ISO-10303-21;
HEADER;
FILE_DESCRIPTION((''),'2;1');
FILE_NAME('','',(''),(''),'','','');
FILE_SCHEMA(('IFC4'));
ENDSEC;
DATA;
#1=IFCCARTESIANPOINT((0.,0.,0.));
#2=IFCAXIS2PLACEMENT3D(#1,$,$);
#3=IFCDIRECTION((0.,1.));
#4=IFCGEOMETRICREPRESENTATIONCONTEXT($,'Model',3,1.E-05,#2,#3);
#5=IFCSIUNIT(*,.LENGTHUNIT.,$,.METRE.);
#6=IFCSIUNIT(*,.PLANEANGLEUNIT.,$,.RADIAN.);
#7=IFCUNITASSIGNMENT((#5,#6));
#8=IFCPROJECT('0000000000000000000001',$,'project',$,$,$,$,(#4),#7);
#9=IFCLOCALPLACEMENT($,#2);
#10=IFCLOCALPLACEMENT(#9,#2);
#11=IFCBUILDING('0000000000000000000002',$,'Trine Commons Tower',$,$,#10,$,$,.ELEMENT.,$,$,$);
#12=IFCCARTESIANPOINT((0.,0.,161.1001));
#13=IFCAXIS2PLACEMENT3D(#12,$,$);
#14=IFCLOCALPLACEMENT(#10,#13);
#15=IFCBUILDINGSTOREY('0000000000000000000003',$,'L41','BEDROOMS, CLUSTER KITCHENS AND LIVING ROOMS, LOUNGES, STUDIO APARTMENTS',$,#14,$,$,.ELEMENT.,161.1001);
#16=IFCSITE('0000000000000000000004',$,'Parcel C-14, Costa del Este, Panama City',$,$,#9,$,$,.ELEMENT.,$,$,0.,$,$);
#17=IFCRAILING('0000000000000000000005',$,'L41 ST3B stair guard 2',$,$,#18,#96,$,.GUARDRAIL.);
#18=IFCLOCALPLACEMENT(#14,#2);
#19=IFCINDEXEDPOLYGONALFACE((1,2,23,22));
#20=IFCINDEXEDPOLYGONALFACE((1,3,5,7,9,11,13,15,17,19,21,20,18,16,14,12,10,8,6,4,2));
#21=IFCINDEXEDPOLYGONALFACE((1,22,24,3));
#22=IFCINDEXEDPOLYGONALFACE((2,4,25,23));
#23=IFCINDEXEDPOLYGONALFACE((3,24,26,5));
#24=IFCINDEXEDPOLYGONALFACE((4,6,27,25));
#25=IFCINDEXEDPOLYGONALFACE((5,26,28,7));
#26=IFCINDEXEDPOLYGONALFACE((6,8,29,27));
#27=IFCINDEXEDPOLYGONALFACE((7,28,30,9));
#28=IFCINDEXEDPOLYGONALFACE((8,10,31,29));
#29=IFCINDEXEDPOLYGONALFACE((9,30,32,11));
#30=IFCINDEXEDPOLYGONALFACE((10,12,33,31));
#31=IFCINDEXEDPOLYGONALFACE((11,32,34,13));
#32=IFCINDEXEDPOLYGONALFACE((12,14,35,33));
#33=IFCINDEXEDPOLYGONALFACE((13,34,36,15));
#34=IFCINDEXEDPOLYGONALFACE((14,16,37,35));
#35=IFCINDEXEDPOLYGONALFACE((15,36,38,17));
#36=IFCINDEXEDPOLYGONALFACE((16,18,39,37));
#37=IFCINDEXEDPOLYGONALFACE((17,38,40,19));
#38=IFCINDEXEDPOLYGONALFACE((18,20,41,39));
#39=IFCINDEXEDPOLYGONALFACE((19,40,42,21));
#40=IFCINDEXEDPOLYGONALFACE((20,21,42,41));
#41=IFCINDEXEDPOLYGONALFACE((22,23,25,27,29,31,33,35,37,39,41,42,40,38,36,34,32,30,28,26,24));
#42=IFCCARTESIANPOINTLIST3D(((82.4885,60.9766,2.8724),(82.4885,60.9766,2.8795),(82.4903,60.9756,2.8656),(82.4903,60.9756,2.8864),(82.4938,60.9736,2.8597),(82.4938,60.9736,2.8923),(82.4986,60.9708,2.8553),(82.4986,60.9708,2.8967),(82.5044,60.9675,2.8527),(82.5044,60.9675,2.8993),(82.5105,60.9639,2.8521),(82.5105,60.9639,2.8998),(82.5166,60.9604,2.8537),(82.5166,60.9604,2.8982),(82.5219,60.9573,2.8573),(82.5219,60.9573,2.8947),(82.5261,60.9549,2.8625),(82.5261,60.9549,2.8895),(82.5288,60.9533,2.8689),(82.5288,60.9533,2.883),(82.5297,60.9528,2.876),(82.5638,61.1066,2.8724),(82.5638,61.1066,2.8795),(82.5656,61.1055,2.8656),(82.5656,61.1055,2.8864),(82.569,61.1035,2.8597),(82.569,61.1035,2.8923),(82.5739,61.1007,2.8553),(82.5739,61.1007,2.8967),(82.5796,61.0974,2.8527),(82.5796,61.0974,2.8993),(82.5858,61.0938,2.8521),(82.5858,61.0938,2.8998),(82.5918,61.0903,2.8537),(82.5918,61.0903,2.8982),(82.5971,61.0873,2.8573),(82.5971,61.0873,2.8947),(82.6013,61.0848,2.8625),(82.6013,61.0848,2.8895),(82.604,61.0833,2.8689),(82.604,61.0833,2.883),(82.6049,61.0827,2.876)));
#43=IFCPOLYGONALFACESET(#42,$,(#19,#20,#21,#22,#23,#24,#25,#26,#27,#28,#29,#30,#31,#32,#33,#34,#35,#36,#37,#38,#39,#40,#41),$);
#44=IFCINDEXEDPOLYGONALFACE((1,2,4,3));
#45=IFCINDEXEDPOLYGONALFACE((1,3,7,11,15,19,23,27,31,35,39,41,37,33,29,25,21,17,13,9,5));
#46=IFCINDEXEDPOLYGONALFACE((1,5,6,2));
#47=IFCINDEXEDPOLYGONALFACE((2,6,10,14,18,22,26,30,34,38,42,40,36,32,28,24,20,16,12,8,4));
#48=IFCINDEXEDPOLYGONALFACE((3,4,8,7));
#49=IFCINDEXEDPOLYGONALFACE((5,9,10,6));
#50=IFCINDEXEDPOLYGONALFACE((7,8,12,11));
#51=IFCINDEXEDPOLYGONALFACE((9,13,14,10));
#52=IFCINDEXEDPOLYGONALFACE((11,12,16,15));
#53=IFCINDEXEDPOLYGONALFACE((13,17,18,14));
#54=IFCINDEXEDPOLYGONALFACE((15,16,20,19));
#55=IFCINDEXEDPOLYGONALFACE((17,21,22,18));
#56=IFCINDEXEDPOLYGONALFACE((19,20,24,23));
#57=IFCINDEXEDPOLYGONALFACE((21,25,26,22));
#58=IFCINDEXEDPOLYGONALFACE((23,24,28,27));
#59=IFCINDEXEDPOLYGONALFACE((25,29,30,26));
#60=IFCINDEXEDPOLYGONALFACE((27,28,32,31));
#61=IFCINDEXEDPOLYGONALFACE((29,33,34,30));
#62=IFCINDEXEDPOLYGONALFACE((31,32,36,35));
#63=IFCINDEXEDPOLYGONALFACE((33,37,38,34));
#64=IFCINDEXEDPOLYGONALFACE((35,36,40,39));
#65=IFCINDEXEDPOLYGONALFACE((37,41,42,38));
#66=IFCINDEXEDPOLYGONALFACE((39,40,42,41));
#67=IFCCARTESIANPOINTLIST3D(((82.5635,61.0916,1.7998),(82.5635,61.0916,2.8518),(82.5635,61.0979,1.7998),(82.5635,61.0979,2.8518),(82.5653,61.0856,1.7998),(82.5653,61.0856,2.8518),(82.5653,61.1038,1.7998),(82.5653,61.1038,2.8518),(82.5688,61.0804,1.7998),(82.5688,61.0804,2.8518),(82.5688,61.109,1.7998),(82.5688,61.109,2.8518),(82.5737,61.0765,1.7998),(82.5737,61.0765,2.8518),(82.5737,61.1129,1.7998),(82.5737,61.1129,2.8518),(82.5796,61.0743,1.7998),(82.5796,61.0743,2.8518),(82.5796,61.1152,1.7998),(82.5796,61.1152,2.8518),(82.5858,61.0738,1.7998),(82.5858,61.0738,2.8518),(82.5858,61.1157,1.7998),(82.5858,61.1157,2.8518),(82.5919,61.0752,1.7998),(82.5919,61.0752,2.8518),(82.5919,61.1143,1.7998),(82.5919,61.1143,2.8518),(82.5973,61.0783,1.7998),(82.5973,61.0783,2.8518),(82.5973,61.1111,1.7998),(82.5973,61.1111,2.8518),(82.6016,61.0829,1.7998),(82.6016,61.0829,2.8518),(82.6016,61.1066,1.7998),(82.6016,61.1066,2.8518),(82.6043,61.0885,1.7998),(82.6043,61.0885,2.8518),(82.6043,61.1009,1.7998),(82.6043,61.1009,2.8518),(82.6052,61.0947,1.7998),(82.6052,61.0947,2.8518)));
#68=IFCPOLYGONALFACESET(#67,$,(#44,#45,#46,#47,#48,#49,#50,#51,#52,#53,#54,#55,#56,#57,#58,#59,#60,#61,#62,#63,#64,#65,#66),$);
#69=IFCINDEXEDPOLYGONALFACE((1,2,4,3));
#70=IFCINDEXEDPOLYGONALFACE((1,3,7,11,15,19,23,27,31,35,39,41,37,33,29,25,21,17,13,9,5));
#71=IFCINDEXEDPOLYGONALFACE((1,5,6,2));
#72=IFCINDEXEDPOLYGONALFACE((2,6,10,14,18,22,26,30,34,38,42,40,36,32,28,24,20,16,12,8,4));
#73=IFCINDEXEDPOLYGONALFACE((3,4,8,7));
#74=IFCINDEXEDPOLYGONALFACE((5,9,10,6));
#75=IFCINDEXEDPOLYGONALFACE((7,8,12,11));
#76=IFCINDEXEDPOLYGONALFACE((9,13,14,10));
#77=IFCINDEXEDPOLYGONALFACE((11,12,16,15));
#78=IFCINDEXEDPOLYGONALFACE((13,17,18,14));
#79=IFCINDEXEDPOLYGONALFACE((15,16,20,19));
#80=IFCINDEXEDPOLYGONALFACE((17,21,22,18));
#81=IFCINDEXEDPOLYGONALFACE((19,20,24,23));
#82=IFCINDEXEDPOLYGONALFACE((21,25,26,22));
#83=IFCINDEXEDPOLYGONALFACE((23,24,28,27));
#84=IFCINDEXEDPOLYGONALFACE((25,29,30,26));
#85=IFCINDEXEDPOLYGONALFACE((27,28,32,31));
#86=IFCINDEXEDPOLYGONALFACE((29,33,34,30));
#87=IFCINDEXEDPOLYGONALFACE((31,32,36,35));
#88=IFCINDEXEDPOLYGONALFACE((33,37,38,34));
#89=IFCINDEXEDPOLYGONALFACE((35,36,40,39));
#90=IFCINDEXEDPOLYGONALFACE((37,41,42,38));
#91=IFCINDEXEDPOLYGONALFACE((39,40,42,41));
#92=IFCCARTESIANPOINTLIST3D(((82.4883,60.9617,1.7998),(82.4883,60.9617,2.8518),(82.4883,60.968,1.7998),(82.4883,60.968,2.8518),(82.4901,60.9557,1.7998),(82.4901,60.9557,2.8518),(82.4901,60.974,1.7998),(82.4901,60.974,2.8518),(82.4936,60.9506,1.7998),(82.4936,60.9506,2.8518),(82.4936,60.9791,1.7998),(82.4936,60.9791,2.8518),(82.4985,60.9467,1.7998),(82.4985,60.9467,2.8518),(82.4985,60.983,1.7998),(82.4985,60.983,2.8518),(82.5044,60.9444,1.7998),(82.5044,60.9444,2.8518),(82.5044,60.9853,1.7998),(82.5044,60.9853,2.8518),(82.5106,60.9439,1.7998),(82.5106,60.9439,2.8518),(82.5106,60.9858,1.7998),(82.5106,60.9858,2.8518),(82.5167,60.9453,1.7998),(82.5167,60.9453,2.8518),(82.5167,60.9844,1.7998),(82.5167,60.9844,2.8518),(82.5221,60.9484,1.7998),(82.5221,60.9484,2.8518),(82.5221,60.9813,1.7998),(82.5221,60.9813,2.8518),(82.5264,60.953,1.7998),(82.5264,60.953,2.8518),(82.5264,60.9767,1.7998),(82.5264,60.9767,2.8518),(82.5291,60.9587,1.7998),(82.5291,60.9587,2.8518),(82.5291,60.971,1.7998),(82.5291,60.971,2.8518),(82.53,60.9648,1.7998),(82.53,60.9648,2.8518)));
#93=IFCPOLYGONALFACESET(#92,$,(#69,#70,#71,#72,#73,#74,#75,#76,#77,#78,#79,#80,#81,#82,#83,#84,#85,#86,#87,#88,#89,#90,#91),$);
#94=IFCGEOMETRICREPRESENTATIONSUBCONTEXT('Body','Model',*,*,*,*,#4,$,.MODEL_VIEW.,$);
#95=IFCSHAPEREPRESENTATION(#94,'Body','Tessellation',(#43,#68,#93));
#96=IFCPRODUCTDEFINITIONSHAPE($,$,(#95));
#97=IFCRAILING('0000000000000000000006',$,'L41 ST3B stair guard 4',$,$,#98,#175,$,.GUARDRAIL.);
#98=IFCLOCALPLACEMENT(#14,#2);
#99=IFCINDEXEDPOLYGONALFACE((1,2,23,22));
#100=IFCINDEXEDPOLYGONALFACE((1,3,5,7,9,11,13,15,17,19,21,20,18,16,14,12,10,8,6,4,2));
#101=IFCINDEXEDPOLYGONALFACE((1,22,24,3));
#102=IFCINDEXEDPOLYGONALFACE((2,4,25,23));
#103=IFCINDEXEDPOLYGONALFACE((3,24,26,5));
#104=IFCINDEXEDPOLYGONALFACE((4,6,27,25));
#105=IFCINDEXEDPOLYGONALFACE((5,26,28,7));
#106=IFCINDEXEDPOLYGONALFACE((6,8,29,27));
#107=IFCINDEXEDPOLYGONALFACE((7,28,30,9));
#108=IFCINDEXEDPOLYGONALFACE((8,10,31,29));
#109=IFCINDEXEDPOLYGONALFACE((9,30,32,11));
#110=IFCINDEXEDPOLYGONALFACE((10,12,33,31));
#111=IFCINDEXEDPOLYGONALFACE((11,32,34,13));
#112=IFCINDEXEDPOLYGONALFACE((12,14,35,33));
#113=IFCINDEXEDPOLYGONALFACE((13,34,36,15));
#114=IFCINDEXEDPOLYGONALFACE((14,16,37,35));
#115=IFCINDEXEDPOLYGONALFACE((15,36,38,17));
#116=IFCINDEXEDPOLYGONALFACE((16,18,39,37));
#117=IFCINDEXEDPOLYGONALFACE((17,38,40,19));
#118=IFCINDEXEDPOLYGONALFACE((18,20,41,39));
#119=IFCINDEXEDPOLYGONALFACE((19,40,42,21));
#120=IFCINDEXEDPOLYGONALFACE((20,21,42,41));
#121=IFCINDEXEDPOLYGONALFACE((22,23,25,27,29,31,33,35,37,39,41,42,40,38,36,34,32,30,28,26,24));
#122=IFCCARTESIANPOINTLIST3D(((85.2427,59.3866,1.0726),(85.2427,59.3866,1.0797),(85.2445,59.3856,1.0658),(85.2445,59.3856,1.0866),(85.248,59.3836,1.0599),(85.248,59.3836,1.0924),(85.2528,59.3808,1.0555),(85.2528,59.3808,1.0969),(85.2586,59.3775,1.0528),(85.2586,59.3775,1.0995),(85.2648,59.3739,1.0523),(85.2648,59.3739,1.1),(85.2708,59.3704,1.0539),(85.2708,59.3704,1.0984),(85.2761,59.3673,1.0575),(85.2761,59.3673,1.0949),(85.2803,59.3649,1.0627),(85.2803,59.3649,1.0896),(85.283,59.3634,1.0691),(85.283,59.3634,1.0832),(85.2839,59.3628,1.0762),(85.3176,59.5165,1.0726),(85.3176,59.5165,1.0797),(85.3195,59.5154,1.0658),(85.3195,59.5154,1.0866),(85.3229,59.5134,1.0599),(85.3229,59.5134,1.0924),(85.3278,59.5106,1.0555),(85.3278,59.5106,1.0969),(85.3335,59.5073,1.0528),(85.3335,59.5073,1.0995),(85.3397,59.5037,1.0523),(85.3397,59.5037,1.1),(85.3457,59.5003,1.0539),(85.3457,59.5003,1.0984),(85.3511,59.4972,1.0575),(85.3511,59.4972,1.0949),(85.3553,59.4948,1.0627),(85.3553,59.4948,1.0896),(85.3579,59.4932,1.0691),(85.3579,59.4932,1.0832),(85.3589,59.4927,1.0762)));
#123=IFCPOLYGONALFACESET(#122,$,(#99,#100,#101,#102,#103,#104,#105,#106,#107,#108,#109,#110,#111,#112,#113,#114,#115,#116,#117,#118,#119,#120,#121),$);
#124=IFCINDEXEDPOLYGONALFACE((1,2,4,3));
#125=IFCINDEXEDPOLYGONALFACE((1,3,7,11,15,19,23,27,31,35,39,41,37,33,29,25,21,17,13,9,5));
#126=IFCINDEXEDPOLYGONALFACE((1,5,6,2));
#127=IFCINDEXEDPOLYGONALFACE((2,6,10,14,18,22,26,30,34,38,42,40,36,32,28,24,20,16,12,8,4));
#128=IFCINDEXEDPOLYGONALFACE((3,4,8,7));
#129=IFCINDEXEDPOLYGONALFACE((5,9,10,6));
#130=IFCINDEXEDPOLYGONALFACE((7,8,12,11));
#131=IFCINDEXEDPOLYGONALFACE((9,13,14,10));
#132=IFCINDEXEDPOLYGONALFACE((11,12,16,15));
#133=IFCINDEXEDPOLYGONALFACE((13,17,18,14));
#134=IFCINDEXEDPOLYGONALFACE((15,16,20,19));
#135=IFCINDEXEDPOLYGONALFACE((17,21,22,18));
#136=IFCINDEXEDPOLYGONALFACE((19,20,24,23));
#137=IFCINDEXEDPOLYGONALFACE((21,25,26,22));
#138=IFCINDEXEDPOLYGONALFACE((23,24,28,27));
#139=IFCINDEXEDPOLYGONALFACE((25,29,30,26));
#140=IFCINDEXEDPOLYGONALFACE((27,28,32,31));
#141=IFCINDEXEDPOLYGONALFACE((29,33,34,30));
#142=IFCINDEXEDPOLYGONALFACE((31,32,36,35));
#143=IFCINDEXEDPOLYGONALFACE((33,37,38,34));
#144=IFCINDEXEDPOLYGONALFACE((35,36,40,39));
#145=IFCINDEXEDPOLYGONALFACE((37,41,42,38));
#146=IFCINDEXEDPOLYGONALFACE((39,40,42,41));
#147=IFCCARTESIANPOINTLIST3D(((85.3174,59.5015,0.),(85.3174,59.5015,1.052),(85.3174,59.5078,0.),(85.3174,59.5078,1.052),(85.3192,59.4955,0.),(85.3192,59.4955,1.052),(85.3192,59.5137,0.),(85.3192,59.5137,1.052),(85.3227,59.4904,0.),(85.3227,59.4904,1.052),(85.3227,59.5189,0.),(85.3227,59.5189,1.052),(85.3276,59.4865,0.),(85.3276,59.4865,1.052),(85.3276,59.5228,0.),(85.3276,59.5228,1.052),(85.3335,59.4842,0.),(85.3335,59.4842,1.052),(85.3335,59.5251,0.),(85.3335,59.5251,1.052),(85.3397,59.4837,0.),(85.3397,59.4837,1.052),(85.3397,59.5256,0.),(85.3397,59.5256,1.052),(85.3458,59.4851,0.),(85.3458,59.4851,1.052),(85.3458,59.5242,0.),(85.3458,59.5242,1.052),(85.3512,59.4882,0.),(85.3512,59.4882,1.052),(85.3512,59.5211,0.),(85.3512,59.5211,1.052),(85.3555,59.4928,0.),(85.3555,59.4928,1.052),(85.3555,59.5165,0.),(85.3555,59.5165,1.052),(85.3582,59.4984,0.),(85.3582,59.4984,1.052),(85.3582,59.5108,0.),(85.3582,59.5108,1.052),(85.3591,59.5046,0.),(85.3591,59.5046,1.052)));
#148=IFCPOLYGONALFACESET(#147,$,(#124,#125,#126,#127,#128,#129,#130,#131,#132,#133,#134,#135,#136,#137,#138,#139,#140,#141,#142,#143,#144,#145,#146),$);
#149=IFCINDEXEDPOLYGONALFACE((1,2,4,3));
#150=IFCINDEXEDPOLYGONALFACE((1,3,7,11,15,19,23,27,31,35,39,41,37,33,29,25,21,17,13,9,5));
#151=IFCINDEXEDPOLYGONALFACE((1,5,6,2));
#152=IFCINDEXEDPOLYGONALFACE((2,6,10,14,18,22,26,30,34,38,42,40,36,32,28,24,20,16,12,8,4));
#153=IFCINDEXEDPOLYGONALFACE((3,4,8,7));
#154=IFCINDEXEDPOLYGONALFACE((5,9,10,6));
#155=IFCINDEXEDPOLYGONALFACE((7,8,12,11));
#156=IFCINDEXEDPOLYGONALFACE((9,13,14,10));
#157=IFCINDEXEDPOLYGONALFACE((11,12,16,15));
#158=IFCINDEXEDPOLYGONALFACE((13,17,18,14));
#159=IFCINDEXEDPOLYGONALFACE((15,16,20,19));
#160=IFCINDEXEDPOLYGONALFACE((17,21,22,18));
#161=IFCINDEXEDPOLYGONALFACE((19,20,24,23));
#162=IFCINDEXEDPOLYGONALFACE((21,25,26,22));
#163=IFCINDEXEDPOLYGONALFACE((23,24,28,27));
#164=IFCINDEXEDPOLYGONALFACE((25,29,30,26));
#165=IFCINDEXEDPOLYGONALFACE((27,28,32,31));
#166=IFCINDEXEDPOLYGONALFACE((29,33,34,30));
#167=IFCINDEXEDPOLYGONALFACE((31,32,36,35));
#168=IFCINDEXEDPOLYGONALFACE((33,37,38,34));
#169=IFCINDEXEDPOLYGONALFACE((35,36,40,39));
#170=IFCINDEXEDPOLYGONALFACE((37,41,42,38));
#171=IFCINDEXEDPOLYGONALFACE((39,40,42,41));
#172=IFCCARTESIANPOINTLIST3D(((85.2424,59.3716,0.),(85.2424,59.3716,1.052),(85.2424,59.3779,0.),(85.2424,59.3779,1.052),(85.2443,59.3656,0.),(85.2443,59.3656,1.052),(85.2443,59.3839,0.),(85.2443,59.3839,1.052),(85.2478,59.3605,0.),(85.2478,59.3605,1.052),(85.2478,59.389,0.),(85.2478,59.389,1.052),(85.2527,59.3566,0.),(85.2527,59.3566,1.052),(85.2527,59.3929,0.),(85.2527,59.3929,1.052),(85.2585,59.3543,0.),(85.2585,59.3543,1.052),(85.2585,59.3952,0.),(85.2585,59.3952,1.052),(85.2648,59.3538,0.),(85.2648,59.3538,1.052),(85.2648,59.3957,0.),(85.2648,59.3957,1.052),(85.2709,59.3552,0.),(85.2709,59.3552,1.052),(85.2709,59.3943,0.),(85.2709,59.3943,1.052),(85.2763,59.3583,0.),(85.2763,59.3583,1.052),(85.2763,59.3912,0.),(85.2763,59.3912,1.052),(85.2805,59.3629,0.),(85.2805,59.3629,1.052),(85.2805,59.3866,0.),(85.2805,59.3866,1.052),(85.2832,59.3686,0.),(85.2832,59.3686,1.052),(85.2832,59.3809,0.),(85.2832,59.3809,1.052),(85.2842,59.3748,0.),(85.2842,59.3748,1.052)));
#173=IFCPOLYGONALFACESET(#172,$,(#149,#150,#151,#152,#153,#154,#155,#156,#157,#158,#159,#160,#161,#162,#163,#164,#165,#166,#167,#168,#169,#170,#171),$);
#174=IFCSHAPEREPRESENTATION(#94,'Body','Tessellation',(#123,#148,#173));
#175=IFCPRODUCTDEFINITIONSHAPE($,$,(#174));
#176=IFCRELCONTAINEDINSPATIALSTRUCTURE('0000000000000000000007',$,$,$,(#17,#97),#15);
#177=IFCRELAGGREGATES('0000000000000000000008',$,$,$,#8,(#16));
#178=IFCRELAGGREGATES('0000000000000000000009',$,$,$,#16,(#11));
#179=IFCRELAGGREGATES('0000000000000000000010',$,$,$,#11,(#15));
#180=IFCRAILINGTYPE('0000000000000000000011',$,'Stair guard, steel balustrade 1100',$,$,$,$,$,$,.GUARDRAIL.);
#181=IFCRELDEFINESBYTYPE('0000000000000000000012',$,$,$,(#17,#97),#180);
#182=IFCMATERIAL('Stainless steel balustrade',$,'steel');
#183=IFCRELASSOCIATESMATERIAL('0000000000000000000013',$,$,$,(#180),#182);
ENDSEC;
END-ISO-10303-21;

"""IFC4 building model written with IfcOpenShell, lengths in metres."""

from ifc_helpers import new_model, si_unit, direction, frame, origin, origin_2d, place, context, subcontext, project, spatial, circle, extrude, material, type_object, element, save


model = new_model("IFC4")

# Units and contexts
model_context = context("Model", 3, precision=1e-05, world=origin(), true_north=direction((0.0, 1.0)))
body_context = subcontext(model_context, "Body", "Model", "MODEL_VIEW")
ifc_project = project(units=[si_unit("LENGTHUNIT", "METRE"), si_unit("PLANEANGLEUNIT", "RADIAN")], contexts=[model_context])

# Site, building, storey
site_placement = place(None, origin())
site = spatial("IfcSite", under=ifc_project, at=site_placement, Name="Parcel C-14, Costa del Este, Panama City", CompositionType="ELEMENT", RefElevation=0.0)
building_placement = place(site_placement, origin())
building = spatial("IfcBuilding", under=site, at=building_placement, Name="Trine Commons Tower", CompositionType="ELEMENT")
storey_placement = place(building_placement, frame((0.0, 0.0, 161.1001)))
storey = spatial("IfcBuildingStorey", under=building, at=storey_placement, Name="L41", Description="BEDROOMS, CLUSTER KITCHENS AND LIVING ROOMS, LOUNGES, STUDIO APARTMENTS", CompositionType="ELEMENT", Elevation=161.1001)

# Railings
ifc_material_1 = material(Name="Stainless steel balustrade", Category="steel")
railing_type_1 = type_object("IfcRailingType", Name="Stair guard, steel balustrade 1100", PredefinedType="GUARDRAIL", material=ifc_material_1)
railing_1_placement = place(storey_placement, frame((82.5842, 61.0947, 1.7998)))
element("IfcRailing", 1, at=railing_1_placement, inside=storey, type_object=railing_type_1, Name="L41 ST3B stair guard 2", PredefinedType="GUARDRAIL", context=body_context, shape_type="SweptSolid", body=[
    extrude(circle(Radius=0.0239, at=origin_2d()), frame((0.0, 0.0, 1.0762), z_axis=(-0.501036, -0.865426, 0.0), x_axis=(0.865426, -0.501036, 0.0)), (0.0, 0.0, 1.0), 0.1501),
    extrude(circle(Radius=0.021, at=origin_2d()), origin(), (0.0, 0.0, 1.0), 1.052),
    extrude(circle(Radius=0.021, at=origin_2d()), frame((-0.0752, -0.1299, 0.0)), (0.0, 0.0, 1.0), 1.052),
])
railing_2_placement = place(storey_placement, frame((85.3381, 59.5046, 0.0)))
element("IfcRailing", 2, at=railing_2_placement, inside=storey, type_object=railing_type_1, Name="L41 ST3B stair guard 4", PredefinedType="GUARDRAIL", context=body_context, shape_type="SweptSolid", body=[
    extrude(circle(Radius=0.0239, at=origin_2d()), frame((0.0, 0.0, 1.0762), z_axis=(-0.499816, -0.866131, 0.0), x_axis=(0.866131, -0.499816, 0.0)), (0.0, 0.0, 1.0), 0.1499),
    extrude(circle(Radius=0.021, at=origin_2d()), origin(), (0.0, 0.0, 1.0), 1.052),
    extrude(circle(Radius=0.021, at=origin_2d()), frame((-0.075, -0.1299, 0.0)), (0.0, 0.0, 1.0), 1.052),
])

save(model, "model.ifc")
